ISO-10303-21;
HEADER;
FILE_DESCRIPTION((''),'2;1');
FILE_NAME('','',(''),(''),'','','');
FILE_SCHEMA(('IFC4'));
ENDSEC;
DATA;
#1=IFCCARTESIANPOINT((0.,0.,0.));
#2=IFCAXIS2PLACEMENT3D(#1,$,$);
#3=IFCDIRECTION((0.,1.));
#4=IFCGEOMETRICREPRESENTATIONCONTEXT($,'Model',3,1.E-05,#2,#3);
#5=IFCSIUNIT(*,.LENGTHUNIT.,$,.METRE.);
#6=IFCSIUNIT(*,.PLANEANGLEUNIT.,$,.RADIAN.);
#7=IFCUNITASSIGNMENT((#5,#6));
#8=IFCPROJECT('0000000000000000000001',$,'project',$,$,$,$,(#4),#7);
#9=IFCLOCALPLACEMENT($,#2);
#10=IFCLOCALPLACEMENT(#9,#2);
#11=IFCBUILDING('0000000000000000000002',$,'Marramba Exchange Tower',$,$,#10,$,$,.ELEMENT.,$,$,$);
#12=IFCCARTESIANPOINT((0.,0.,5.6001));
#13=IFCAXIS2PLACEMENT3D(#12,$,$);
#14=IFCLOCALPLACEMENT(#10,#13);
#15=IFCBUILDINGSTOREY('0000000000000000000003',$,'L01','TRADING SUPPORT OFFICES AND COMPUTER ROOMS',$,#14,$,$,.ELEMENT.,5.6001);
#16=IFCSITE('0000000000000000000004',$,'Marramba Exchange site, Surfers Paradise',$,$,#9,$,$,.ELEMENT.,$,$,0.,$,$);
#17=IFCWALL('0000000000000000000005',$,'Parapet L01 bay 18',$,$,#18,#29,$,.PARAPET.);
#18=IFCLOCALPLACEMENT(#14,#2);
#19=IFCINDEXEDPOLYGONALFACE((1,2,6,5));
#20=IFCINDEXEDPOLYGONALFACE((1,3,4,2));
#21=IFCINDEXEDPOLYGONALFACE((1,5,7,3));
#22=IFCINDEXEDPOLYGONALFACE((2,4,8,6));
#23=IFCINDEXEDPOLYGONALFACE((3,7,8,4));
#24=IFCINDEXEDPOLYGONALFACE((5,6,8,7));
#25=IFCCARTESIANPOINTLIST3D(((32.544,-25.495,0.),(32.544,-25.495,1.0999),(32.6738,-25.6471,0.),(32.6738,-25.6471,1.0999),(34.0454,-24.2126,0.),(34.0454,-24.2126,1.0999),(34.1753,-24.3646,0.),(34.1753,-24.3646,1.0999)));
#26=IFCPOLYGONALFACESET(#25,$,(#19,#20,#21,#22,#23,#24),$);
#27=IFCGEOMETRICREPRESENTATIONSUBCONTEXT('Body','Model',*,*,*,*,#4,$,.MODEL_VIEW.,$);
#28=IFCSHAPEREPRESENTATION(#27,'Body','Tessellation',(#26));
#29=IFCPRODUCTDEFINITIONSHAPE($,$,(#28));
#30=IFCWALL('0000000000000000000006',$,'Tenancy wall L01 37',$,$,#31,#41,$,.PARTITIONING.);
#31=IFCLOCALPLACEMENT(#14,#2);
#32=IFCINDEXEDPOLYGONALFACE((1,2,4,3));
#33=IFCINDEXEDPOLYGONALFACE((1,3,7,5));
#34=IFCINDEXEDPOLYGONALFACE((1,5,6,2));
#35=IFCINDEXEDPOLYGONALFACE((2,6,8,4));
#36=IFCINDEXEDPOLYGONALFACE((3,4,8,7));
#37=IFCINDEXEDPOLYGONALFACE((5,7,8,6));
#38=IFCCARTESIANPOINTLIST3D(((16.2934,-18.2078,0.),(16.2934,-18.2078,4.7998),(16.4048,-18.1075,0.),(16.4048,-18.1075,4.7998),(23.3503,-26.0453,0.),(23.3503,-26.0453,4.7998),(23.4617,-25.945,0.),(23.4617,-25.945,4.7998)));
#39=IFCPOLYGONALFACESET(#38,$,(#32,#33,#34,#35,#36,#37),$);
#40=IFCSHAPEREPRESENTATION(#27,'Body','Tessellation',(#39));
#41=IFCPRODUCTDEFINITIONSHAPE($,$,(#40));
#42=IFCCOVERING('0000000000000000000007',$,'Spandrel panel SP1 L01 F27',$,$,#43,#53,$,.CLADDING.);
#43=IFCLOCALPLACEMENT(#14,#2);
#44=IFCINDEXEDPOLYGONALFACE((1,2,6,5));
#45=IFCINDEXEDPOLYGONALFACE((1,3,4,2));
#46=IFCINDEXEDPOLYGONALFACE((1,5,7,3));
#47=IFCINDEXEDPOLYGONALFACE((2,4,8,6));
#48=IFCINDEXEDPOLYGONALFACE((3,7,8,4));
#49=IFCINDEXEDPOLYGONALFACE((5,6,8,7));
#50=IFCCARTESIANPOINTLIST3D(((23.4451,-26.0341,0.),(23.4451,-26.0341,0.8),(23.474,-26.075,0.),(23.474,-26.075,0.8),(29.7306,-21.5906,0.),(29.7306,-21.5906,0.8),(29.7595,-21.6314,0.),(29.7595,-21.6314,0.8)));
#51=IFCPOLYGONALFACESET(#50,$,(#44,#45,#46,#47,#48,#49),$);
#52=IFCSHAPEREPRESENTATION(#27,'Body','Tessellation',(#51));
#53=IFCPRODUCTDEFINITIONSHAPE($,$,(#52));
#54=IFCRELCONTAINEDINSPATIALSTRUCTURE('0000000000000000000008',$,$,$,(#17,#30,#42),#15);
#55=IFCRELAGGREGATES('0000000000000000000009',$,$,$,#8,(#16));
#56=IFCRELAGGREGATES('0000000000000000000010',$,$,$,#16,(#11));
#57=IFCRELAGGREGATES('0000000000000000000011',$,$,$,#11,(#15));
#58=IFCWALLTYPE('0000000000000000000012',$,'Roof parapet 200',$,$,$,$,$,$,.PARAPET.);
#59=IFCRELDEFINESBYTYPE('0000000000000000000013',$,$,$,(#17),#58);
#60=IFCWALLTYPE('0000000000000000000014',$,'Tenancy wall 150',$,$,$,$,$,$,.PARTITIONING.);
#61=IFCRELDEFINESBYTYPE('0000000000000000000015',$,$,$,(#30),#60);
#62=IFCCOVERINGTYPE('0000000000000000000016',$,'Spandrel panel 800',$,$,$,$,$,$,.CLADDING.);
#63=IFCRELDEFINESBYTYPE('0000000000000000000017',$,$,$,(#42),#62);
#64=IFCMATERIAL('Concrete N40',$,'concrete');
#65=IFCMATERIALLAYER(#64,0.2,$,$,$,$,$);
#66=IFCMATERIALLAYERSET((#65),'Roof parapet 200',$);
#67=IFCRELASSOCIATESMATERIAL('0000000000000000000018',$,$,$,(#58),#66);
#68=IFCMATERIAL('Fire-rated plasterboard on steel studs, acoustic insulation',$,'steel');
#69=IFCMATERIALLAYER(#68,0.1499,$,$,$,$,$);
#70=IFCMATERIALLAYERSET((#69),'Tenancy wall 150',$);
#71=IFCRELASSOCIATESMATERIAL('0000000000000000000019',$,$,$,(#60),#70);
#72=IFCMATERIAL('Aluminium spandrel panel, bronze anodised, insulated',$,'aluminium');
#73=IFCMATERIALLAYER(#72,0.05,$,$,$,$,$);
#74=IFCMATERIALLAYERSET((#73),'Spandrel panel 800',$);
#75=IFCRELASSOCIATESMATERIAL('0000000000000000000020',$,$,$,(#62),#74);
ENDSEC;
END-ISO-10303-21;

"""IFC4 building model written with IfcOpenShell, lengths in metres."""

from ifc_helpers import new_model, si_unit, direction, frame, frame_2d, origin, origin_2d, place, context, subcontext, project, spatial, rectangle, extrude, material, layer, layer_set, type_object, element, save


model = new_model("IFC4")

# Units and contexts
model_context = context("Model", 3, precision=1e-05, world=origin(), true_north=direction((0.0, 1.0)))
body_context = subcontext(model_context, "Body", "Model", "MODEL_VIEW")
ifc_project = project(units=[si_unit("LENGTHUNIT", "METRE"), si_unit("PLANEANGLEUNIT", "RADIAN")], contexts=[model_context])

# Site, building, storey
site_placement = place(None, origin())
site = spatial("IfcSite", under=ifc_project, at=site_placement, Name="Marramba Exchange site, Surfers Paradise", CompositionType="ELEMENT", RefElevation=0.0)
building_placement = place(site_placement, origin())
building = spatial("IfcBuilding", under=site, at=building_placement, Name="Marramba Exchange Tower", CompositionType="ELEMENT")
storey_placement = place(building_placement, frame((0.0, 0.0, 5.6001)))
storey = spatial("IfcBuildingStorey", under=building, at=storey_placement, Name="L01", Description="TRADING SUPPORT OFFICES AND COMPUTER ROOMS", CompositionType="ELEMENT", Elevation=5.6001)

# Walls
ifc_material_1 = material(Name="Concrete N40", Category="concrete")
ifc_layer_1 = layer(ifc_material_1, 0.2)
ifc_layer_set_1 = layer_set([ifc_layer_1], Name="Roof parapet 200")
wall_type_1 = type_object("IfcWallType", Name="Roof parapet 200", PredefinedType="PARAPET", material=ifc_layer_set_1)
wall_1_placement = place(storey_placement, frame((32.6089, -25.571, 0.0), z_axis=(0.0, 0.0, 1.0), x_axis=(0.760381, 0.649477, 0.0)))
element("IfcWall", 1, at=wall_1_placement, inside=storey, type_object=wall_type_1, Name="Parapet L01 bay 18", PredefinedType="PARAPET", context=body_context, shape_type="SweptSolid", body=[
    extrude(rectangle(XDim=1.9746, YDim=0.2, at=frame_2d((0.9873, 0.0))), origin(), (0.0, 0.0, 1.0), 1.0999),
])
ifc_material_2 = material(Name="Fire-rated plasterboard on steel studs, acoustic insulation", Category="steel")
ifc_layer_2 = layer(ifc_material_2, 0.1499)
ifc_layer_set_2 = layer_set([ifc_layer_2], Name="Tenancy wall 150")
wall_type_2 = type_object("IfcWallType", Name="Tenancy wall 150", PredefinedType="PARTITIONING", material=ifc_layer_set_2)
wall_2_placement = place(storey_placement, frame((23.406, -25.9951, 0.0), z_axis=(0.0, 0.0, 1.0), x_axis=(-0.669134, 0.743142, 0.0)))
element("IfcWall", 2, at=wall_2_placement, inside=storey, type_object=wall_type_2, Name="Tenancy wall L01 37", PredefinedType="PARTITIONING", context=body_context, shape_type="SweptSolid", body=[
    extrude(rectangle(XDim=10.5464, YDim=0.1499, at=frame_2d((5.2732, 0.0))), origin(), (0.0, 0.0, 1.0), 4.7998),
])

# Covering
ifc_material_3 = material(Name="Aluminium spandrel panel, bronze anodised, insulated", Category="aluminium")
ifc_layer_3 = layer(ifc_material_3, 0.05)
ifc_layer_set_3 = layer_set([ifc_layer_3], Name="Spandrel panel 800")
covering_type = type_object("IfcCoveringType", Name="Spandrel panel 800", PredefinedType="CLADDING", material=ifc_layer_set_3)
covering_placement = place(storey_placement, frame((26.6023, -23.8328, 0.0), z_axis=(0.0, 0.0, 1.0), x_axis=(0.816553, 0.577271, 0.0)))
element("IfcCovering", 3, at=covering_placement, inside=storey, type_object=covering_type, Name="Spandrel panel SP1 L01 F27", PredefinedType="CLADDING", context=body_context, shape_type="SweptSolid", body=[
    extrude(rectangle(XDim=7.6975, YDim=0.05, at=origin_2d()), origin(), (0.0, 0.0, 1.0), 0.8),
])

save(model, "model.ifc")
